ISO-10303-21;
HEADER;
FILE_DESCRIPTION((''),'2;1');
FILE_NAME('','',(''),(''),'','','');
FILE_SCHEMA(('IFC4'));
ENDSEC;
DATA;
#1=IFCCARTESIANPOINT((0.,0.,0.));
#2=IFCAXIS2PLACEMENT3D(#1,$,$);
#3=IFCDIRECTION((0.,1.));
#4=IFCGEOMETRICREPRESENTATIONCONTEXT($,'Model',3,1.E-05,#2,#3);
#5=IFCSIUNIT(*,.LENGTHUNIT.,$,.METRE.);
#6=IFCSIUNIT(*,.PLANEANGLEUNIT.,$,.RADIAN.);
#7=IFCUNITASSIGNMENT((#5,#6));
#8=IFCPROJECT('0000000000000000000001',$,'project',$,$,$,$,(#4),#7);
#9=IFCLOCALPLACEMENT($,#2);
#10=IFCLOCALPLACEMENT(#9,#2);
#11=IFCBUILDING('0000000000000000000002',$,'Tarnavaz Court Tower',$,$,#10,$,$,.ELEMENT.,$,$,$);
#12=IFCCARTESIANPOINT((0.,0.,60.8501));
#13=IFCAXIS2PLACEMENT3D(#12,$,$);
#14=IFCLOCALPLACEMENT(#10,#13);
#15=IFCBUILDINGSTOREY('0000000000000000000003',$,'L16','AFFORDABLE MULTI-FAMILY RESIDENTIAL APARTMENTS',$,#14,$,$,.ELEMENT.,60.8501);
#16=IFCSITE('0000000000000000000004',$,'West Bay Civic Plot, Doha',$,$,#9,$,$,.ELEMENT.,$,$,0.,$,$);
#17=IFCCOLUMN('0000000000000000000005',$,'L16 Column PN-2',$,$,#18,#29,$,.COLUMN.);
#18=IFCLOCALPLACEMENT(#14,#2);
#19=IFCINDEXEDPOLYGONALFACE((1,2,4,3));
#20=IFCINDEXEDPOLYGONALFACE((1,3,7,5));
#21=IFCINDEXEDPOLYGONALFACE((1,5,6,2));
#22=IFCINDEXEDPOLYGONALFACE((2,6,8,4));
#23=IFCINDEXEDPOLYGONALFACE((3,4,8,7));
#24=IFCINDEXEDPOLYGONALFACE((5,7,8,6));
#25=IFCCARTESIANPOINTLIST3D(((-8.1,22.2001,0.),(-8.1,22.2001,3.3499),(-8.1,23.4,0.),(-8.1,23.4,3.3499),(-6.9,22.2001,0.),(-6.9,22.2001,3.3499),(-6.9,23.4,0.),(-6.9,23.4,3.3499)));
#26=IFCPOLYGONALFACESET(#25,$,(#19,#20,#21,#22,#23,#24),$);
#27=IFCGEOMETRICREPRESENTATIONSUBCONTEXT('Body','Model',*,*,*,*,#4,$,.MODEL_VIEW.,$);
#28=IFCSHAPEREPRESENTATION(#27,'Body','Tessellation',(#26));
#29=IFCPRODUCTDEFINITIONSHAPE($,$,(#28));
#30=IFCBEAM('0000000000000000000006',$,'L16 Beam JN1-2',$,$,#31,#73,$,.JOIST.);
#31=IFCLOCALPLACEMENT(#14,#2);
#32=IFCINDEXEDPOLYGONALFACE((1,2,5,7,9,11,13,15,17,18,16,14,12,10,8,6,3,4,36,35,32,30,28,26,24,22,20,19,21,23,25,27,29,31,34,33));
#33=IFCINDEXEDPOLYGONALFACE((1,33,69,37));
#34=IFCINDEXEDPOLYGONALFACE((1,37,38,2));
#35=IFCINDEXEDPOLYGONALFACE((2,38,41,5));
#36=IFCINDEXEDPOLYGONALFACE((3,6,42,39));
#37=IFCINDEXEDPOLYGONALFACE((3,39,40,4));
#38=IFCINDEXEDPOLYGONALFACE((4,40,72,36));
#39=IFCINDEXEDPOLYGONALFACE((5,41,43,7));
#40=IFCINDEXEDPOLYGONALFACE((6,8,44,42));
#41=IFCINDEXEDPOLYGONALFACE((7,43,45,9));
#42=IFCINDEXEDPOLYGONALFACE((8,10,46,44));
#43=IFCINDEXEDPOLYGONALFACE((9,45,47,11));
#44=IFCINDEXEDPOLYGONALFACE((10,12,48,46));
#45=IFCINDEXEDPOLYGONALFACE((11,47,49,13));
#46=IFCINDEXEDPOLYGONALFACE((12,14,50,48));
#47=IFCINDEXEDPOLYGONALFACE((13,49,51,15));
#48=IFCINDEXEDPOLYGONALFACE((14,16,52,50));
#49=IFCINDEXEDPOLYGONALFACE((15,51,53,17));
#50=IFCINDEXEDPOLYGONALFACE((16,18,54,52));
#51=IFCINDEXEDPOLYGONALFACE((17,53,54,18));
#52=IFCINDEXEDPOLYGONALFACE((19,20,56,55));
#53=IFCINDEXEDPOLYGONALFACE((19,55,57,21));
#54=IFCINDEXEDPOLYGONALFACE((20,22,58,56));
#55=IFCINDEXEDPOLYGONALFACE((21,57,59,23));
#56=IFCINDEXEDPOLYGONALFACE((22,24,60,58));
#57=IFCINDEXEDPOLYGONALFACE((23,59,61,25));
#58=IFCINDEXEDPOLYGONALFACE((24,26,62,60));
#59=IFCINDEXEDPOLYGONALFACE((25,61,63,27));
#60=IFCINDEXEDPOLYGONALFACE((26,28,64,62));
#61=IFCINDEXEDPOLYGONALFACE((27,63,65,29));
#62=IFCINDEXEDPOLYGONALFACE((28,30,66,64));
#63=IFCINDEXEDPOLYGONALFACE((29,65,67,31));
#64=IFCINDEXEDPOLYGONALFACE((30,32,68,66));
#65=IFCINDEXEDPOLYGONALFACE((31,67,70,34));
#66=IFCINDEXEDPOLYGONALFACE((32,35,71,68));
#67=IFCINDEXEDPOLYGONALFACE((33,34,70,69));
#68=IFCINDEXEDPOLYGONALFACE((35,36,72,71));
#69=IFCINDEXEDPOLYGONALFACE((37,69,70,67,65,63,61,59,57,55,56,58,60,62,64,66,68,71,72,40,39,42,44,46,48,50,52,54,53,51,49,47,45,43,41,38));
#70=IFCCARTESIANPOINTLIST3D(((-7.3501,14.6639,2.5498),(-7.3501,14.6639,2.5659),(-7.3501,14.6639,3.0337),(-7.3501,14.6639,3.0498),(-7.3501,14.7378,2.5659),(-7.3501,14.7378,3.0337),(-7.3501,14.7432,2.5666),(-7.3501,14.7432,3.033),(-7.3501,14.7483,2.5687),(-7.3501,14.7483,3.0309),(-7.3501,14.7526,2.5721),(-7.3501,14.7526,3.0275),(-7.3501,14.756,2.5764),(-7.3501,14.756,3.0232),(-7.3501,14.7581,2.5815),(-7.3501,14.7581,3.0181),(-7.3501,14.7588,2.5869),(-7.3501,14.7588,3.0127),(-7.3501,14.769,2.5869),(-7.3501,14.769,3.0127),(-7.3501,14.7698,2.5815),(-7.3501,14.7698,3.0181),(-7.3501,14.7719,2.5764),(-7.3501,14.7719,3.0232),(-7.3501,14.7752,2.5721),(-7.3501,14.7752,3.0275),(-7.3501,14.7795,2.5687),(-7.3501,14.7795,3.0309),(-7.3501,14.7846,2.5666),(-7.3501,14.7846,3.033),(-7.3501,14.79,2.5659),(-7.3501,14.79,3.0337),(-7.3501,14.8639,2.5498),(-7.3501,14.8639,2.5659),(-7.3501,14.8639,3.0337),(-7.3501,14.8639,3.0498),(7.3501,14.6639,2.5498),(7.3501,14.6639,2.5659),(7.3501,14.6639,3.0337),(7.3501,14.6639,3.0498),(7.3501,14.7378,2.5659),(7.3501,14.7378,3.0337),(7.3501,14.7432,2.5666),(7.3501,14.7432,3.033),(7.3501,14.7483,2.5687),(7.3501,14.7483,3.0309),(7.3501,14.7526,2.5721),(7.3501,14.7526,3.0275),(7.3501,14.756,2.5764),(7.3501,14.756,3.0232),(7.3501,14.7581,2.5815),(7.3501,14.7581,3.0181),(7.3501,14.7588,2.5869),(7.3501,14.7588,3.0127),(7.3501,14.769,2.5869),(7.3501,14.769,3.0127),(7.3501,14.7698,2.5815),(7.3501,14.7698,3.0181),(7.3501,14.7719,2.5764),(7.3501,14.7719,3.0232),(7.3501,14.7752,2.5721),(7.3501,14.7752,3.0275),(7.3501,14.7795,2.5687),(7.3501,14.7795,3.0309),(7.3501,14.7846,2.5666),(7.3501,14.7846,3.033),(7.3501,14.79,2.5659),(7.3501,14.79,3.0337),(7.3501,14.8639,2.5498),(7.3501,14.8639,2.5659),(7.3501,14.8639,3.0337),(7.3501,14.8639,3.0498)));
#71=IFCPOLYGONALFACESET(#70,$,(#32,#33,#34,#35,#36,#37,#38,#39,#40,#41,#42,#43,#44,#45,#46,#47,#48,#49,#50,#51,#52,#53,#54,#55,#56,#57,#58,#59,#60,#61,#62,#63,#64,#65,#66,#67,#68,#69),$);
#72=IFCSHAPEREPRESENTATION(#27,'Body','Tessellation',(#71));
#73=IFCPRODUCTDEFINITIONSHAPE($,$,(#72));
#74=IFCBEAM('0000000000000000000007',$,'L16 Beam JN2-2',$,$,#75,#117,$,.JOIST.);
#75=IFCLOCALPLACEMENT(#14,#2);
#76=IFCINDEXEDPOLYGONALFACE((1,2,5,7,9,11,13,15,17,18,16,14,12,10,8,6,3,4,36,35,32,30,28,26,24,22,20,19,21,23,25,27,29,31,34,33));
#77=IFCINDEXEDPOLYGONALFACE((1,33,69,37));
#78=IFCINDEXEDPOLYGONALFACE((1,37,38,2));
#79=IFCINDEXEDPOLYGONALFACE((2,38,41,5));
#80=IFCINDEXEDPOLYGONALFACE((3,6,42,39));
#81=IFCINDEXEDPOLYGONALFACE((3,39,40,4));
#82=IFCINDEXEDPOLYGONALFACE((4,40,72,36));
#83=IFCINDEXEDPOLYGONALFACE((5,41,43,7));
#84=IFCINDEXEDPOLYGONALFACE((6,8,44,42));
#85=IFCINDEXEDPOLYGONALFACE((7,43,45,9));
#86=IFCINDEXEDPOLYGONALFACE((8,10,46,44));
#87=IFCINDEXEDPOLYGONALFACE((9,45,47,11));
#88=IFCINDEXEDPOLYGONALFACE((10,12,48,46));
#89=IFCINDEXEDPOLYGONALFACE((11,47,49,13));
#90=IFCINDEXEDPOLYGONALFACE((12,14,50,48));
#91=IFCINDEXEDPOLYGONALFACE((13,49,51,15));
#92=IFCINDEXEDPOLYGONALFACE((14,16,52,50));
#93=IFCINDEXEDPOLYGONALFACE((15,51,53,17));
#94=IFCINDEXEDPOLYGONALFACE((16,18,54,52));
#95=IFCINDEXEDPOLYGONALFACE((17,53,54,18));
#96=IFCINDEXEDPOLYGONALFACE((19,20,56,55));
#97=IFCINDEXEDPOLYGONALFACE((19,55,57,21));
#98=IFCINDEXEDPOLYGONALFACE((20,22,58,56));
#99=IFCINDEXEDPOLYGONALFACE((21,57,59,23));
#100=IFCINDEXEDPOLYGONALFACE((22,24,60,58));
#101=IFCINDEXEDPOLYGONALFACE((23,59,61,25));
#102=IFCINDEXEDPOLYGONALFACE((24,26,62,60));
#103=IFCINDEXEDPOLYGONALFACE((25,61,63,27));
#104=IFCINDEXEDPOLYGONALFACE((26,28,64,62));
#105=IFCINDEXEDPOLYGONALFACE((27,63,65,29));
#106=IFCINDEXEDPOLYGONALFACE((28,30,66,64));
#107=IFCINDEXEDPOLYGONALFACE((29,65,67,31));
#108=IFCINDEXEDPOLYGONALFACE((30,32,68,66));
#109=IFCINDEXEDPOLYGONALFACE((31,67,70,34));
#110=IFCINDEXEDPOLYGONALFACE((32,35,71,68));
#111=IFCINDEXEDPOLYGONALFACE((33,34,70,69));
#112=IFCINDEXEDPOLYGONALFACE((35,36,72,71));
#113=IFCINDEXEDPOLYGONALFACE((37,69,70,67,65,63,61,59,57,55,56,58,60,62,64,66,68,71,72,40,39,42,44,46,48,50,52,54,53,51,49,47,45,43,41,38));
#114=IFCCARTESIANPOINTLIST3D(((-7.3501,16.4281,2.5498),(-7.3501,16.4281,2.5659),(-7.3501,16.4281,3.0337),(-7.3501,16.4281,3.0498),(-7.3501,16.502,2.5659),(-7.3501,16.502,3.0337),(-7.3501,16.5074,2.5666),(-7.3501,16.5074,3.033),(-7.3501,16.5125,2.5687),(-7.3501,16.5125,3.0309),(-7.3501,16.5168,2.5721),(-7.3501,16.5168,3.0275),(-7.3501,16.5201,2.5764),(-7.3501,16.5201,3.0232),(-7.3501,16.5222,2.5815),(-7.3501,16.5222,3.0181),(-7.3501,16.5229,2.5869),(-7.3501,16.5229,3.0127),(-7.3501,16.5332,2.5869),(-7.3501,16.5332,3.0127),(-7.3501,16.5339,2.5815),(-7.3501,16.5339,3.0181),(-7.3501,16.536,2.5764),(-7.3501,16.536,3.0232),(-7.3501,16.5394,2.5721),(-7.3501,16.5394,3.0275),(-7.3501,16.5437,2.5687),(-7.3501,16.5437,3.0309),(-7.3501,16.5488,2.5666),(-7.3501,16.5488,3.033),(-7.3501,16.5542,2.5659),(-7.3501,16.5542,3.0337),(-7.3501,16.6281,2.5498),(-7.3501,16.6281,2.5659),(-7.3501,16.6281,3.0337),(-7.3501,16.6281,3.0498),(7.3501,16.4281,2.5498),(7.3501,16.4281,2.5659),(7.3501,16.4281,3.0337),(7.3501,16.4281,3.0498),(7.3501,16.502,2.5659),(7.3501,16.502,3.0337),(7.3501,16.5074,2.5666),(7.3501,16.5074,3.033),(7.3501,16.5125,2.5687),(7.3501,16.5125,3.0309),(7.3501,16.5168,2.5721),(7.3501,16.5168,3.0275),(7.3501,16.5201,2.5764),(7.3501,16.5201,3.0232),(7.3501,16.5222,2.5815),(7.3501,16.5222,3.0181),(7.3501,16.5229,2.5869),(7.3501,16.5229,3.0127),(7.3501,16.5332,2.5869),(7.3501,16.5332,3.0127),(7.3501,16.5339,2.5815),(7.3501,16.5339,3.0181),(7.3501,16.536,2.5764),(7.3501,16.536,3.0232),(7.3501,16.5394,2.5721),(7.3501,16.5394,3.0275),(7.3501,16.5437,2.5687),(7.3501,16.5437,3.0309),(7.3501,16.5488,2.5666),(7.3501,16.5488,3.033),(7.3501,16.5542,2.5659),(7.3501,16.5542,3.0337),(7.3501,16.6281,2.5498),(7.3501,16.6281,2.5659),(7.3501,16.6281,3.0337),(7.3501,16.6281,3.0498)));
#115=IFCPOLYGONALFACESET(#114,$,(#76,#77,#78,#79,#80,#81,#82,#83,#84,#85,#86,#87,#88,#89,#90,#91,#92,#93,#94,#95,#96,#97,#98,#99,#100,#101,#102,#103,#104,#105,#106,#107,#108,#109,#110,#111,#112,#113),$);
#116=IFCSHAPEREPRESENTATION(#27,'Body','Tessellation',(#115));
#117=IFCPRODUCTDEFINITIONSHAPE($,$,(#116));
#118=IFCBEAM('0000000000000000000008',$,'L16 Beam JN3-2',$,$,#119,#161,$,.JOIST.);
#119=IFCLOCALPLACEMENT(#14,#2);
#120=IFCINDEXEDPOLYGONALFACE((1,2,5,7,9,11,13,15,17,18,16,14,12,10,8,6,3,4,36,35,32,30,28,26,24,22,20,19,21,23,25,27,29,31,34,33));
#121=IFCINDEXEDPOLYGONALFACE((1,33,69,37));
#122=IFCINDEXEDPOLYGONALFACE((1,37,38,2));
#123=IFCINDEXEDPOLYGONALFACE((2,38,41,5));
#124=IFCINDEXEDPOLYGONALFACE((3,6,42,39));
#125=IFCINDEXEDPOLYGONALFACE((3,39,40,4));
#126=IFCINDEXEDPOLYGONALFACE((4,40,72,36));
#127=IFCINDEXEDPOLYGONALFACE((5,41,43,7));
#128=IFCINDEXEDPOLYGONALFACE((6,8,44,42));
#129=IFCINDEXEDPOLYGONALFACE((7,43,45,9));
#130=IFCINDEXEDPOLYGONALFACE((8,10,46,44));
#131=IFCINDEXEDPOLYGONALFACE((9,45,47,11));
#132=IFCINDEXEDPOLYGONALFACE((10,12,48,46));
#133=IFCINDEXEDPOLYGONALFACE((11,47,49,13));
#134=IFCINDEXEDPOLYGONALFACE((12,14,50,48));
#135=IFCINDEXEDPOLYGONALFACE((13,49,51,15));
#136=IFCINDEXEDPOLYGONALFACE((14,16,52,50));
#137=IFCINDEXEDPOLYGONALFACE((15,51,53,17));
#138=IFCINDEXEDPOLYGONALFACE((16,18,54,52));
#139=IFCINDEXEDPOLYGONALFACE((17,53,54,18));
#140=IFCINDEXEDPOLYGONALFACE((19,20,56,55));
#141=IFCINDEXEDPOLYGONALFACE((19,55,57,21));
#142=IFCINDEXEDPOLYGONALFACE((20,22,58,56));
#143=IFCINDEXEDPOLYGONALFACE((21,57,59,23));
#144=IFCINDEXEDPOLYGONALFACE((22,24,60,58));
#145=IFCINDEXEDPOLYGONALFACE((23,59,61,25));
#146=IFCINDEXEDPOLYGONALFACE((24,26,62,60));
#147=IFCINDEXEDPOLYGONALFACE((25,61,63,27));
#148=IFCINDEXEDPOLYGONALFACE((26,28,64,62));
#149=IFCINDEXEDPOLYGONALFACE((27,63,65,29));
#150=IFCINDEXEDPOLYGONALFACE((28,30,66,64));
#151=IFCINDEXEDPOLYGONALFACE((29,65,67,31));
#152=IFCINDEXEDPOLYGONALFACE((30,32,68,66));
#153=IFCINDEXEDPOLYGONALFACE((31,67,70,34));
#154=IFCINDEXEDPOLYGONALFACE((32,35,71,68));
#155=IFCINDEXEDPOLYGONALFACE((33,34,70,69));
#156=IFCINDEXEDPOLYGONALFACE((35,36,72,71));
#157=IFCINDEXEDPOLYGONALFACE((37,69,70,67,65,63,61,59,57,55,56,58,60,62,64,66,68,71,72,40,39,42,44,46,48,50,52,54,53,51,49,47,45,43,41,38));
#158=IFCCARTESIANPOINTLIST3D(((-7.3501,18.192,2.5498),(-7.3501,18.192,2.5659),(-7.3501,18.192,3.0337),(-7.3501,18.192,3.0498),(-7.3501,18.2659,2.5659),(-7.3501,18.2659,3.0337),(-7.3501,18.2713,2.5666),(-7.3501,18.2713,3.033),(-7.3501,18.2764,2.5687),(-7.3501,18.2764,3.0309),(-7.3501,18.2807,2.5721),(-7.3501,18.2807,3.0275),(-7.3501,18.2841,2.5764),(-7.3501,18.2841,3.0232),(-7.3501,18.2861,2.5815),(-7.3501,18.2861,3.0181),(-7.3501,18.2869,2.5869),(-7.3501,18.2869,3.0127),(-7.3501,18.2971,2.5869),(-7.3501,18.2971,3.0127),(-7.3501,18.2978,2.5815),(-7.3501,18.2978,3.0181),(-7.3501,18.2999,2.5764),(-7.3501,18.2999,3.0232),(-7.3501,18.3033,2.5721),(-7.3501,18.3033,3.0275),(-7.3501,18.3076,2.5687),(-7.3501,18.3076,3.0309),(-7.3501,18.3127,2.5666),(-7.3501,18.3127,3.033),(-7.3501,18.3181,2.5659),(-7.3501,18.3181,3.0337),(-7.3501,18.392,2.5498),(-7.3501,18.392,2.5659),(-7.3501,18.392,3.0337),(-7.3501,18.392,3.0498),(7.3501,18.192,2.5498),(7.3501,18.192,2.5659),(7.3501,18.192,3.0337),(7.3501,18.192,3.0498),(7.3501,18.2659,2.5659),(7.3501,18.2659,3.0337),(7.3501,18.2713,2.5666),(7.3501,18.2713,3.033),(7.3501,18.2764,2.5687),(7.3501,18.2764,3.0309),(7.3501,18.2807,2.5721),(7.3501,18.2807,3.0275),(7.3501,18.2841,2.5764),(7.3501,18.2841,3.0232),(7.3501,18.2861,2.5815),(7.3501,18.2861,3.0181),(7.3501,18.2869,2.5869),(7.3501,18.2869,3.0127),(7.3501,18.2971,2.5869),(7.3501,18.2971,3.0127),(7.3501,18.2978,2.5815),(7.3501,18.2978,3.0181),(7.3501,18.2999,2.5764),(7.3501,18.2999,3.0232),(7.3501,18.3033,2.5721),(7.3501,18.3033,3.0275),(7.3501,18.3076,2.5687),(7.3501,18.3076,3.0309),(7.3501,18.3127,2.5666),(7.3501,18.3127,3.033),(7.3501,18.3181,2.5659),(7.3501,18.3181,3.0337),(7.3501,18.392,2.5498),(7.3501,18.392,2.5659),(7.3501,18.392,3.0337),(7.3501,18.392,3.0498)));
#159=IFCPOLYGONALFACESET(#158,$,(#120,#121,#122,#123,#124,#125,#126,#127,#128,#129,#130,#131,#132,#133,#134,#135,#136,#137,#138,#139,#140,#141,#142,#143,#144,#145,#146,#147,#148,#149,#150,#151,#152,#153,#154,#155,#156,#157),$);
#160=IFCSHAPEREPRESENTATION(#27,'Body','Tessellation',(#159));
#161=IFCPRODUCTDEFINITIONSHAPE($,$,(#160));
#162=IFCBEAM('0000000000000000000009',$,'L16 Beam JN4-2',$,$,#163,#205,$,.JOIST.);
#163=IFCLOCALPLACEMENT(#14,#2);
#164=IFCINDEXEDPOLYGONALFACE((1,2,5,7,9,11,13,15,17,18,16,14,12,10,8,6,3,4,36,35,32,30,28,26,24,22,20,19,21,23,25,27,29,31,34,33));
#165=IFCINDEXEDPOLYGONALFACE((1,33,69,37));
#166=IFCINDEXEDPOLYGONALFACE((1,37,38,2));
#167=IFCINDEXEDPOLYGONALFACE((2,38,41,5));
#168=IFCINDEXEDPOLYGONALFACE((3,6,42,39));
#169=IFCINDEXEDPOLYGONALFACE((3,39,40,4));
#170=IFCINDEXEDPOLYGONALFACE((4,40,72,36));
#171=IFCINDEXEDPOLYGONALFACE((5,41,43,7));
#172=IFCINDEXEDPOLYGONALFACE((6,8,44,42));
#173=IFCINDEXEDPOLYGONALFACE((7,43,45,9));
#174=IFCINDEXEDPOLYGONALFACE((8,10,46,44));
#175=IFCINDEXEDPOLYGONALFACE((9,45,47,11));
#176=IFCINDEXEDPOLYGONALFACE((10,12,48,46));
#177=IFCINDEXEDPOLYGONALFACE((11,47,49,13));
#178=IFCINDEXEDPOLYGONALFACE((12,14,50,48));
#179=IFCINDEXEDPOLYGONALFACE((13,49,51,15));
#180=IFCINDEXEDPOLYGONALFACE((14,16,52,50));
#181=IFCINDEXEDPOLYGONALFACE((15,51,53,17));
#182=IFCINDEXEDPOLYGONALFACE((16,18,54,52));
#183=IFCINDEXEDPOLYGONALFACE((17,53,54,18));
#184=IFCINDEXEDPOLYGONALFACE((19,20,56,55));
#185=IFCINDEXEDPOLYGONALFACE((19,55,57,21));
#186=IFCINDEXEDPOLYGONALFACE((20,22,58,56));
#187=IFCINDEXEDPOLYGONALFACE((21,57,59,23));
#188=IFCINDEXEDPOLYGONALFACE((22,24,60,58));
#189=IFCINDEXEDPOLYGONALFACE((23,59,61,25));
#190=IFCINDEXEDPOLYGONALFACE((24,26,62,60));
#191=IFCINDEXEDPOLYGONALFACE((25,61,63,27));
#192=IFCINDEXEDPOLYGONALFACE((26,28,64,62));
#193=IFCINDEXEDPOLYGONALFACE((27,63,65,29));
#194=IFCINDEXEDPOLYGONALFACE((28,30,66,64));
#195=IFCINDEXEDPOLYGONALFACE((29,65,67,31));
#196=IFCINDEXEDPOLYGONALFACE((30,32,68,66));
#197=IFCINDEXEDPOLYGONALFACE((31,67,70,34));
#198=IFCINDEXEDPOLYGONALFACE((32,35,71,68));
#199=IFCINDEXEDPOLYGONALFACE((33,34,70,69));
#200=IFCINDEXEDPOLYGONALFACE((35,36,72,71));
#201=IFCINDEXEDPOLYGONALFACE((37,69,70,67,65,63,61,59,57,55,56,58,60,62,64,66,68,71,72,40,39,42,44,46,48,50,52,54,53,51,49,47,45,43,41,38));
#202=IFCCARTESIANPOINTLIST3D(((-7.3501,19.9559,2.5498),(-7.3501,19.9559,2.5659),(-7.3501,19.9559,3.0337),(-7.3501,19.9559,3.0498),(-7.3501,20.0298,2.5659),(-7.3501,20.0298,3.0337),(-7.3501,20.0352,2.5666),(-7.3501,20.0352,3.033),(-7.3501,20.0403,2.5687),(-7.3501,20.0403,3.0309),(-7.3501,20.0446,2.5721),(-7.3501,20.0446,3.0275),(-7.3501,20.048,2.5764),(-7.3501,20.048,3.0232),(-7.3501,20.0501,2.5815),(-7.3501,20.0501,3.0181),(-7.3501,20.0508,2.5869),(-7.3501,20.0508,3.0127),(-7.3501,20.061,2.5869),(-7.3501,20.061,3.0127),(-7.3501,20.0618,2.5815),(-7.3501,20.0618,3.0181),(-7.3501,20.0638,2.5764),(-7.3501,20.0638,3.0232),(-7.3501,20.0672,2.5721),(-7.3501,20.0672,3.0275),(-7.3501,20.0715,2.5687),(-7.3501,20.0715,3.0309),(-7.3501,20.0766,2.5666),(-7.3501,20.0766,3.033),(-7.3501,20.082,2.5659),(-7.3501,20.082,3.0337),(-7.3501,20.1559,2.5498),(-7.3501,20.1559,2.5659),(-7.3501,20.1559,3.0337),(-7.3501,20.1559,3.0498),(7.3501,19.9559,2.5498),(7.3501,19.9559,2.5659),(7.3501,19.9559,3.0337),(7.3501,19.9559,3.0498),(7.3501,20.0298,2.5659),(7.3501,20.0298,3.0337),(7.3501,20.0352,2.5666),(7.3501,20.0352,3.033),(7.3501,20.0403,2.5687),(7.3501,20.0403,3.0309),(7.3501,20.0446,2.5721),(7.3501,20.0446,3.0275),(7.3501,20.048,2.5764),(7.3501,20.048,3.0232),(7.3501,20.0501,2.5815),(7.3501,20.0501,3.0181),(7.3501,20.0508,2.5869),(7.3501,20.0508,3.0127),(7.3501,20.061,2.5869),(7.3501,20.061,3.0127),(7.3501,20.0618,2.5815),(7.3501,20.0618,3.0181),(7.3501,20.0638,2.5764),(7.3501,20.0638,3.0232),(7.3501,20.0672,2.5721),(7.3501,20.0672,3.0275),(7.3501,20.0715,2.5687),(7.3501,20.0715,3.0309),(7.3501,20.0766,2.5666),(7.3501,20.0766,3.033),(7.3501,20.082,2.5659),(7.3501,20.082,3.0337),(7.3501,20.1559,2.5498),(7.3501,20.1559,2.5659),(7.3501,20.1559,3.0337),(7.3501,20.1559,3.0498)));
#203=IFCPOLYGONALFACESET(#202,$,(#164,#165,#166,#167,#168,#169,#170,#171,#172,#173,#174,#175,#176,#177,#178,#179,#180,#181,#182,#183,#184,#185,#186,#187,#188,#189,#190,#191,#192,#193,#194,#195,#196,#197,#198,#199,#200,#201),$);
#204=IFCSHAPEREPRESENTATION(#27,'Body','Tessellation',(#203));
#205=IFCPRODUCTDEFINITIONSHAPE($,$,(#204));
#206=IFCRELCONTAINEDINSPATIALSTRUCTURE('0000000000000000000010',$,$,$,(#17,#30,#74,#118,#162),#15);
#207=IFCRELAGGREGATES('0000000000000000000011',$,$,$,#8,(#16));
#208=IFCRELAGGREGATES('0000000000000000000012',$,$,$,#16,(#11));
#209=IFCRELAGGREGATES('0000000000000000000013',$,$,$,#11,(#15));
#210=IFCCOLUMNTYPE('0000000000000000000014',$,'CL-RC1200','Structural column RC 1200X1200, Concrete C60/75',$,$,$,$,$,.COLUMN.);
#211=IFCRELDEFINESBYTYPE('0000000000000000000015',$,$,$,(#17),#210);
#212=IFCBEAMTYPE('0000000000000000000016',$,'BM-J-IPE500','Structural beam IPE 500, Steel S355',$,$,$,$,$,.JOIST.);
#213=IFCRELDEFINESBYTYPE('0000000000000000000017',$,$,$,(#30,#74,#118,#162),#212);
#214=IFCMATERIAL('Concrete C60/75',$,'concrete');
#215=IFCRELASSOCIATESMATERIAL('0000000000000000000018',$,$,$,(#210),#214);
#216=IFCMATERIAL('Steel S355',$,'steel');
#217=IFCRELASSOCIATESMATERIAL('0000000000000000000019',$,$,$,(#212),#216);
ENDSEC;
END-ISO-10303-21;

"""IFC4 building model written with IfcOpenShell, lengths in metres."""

from ifc_helpers import new_model, si_unit, direction, frame, origin, origin_2d, place, context, subcontext, project, spatial, rectangle, i_section, extrude, material, material_profile, profile_set, type_object, element, save


model = new_model("IFC4")

# Units and contexts
model_context = context("Model", 3, precision=1e-05, world=origin(), true_north=direction((0.0, 1.0)))
body_context = subcontext(model_context, "Body", "Model", "MODEL_VIEW")
ifc_project = project(units=[si_unit("LENGTHUNIT", "METRE"), si_unit("PLANEANGLEUNIT", "RADIAN")], contexts=[model_context])

# Site, building, storey
site_placement = place(None, origin())
site = spatial("IfcSite", under=ifc_project, at=site_placement, Name="West Bay Civic Plot, Doha", CompositionType="ELEMENT", RefElevation=0.0)
building_placement = place(site_placement, origin())
building = spatial("IfcBuilding", under=site, at=building_placement, Name="Tarnavaz Court Tower", CompositionType="ELEMENT")
storey_placement = place(building_placement, frame((0.0, 0.0, 60.8501)))
storey = spatial("IfcBuildingStorey", under=building, at=storey_placement, Name="L16", Description="AFFORDABLE MULTI-FAMILY RESIDENTIAL APARTMENTS", CompositionType="ELEMENT", Elevation=60.8501)

# Column
ifc_material_1 = material(Name="Concrete C60/75", Category="concrete")
ifc_material_profile_1 = material_profile(ifc_material_1, rectangle(XDim=1.2, YDim=1.2, at=origin_2d()), Name="RC 1200X1200")
ifc_profile_set_1 = profile_set([ifc_material_profile_1], Name="Concrete C60/75")
column_type = type_object("IfcColumnType", Name="CL-RC1200", Description="Structural column RC 1200X1200, Concrete C60/75", PredefinedType="COLUMN", material=ifc_profile_set_1)
column_placement = place(storey_placement, frame((-7.5, 22.8, 0.0), z_axis=(0.0, 0.0, 1.0), x_axis=(1.0, 0.0, 0.0)))
element("IfcColumn", 1, at=column_placement, inside=storey, type_object=column_type, Name="L16 Column PN-2", PredefinedType="COLUMN", context=body_context, shape_type="SweptSolid", body=[
    extrude(rectangle(XDim=1.2, YDim=1.2, at=origin_2d()), origin(), (0.0, 0.0, 1.0), 3.3499),
])

# Beams
ifc_material_2 = material(Name="Steel S355", Category="steel")
ifc_material_profile_2 = material_profile(ifc_material_2, i_section(OverallWidth=0.2, OverallDepth=0.5, WebThickness=0.0103, FlangeThickness=0.0161, FilletRadius=0.021, at=origin_2d()), Name="IPE 500")
ifc_profile_set_2 = profile_set([ifc_material_profile_2], Name="Steel S355")
beam_type_1 = type_object("IfcBeamType", Name="BM-J-IPE500", Description="Structural beam IPE 500, Steel S355", PredefinedType="JOIST", material=ifc_profile_set_2)
for number, where, z_axis, x_axis, name in (
    (2, (-7.3501, 14.7639, 2.7998), (1.0, 0.0, 0.0), (0.0, 1.0, 0.0), "L16 Beam JN1-2"),
    (3, (-7.3501, 16.5281, 2.7998), (1.0, 0.0, 0.0), (0.0, 1.0, 0.0), "L16 Beam JN2-2"),
    (4, (-7.3501, 18.292, 2.7998), (1.0, 0.0, 0.0), (0.0, 1.0, 0.0), "L16 Beam JN3-2"),
    (5, (-7.3501, 20.0559, 2.7998), (1.0, 0.0, 0.0), (0.0, 1.0, 0.0), "L16 Beam JN4-2"),
):
    element("IfcBeam", number, at=place(storey_placement, frame(where, z_axis=z_axis, x_axis=x_axis)), inside=storey, type_object=beam_type_1, Name=name, PredefinedType="JOIST", context=body_context, shape_type="SweptSolid", body=[
        extrude(i_section(OverallWidth=0.2, OverallDepth=0.5, WebThickness=0.0103, FlangeThickness=0.0161, FilletRadius=0.021, at=origin_2d()), origin(), (0.0, 0.0, 1.0), 14.7002),
    ])

save(model, "model.ifc")
